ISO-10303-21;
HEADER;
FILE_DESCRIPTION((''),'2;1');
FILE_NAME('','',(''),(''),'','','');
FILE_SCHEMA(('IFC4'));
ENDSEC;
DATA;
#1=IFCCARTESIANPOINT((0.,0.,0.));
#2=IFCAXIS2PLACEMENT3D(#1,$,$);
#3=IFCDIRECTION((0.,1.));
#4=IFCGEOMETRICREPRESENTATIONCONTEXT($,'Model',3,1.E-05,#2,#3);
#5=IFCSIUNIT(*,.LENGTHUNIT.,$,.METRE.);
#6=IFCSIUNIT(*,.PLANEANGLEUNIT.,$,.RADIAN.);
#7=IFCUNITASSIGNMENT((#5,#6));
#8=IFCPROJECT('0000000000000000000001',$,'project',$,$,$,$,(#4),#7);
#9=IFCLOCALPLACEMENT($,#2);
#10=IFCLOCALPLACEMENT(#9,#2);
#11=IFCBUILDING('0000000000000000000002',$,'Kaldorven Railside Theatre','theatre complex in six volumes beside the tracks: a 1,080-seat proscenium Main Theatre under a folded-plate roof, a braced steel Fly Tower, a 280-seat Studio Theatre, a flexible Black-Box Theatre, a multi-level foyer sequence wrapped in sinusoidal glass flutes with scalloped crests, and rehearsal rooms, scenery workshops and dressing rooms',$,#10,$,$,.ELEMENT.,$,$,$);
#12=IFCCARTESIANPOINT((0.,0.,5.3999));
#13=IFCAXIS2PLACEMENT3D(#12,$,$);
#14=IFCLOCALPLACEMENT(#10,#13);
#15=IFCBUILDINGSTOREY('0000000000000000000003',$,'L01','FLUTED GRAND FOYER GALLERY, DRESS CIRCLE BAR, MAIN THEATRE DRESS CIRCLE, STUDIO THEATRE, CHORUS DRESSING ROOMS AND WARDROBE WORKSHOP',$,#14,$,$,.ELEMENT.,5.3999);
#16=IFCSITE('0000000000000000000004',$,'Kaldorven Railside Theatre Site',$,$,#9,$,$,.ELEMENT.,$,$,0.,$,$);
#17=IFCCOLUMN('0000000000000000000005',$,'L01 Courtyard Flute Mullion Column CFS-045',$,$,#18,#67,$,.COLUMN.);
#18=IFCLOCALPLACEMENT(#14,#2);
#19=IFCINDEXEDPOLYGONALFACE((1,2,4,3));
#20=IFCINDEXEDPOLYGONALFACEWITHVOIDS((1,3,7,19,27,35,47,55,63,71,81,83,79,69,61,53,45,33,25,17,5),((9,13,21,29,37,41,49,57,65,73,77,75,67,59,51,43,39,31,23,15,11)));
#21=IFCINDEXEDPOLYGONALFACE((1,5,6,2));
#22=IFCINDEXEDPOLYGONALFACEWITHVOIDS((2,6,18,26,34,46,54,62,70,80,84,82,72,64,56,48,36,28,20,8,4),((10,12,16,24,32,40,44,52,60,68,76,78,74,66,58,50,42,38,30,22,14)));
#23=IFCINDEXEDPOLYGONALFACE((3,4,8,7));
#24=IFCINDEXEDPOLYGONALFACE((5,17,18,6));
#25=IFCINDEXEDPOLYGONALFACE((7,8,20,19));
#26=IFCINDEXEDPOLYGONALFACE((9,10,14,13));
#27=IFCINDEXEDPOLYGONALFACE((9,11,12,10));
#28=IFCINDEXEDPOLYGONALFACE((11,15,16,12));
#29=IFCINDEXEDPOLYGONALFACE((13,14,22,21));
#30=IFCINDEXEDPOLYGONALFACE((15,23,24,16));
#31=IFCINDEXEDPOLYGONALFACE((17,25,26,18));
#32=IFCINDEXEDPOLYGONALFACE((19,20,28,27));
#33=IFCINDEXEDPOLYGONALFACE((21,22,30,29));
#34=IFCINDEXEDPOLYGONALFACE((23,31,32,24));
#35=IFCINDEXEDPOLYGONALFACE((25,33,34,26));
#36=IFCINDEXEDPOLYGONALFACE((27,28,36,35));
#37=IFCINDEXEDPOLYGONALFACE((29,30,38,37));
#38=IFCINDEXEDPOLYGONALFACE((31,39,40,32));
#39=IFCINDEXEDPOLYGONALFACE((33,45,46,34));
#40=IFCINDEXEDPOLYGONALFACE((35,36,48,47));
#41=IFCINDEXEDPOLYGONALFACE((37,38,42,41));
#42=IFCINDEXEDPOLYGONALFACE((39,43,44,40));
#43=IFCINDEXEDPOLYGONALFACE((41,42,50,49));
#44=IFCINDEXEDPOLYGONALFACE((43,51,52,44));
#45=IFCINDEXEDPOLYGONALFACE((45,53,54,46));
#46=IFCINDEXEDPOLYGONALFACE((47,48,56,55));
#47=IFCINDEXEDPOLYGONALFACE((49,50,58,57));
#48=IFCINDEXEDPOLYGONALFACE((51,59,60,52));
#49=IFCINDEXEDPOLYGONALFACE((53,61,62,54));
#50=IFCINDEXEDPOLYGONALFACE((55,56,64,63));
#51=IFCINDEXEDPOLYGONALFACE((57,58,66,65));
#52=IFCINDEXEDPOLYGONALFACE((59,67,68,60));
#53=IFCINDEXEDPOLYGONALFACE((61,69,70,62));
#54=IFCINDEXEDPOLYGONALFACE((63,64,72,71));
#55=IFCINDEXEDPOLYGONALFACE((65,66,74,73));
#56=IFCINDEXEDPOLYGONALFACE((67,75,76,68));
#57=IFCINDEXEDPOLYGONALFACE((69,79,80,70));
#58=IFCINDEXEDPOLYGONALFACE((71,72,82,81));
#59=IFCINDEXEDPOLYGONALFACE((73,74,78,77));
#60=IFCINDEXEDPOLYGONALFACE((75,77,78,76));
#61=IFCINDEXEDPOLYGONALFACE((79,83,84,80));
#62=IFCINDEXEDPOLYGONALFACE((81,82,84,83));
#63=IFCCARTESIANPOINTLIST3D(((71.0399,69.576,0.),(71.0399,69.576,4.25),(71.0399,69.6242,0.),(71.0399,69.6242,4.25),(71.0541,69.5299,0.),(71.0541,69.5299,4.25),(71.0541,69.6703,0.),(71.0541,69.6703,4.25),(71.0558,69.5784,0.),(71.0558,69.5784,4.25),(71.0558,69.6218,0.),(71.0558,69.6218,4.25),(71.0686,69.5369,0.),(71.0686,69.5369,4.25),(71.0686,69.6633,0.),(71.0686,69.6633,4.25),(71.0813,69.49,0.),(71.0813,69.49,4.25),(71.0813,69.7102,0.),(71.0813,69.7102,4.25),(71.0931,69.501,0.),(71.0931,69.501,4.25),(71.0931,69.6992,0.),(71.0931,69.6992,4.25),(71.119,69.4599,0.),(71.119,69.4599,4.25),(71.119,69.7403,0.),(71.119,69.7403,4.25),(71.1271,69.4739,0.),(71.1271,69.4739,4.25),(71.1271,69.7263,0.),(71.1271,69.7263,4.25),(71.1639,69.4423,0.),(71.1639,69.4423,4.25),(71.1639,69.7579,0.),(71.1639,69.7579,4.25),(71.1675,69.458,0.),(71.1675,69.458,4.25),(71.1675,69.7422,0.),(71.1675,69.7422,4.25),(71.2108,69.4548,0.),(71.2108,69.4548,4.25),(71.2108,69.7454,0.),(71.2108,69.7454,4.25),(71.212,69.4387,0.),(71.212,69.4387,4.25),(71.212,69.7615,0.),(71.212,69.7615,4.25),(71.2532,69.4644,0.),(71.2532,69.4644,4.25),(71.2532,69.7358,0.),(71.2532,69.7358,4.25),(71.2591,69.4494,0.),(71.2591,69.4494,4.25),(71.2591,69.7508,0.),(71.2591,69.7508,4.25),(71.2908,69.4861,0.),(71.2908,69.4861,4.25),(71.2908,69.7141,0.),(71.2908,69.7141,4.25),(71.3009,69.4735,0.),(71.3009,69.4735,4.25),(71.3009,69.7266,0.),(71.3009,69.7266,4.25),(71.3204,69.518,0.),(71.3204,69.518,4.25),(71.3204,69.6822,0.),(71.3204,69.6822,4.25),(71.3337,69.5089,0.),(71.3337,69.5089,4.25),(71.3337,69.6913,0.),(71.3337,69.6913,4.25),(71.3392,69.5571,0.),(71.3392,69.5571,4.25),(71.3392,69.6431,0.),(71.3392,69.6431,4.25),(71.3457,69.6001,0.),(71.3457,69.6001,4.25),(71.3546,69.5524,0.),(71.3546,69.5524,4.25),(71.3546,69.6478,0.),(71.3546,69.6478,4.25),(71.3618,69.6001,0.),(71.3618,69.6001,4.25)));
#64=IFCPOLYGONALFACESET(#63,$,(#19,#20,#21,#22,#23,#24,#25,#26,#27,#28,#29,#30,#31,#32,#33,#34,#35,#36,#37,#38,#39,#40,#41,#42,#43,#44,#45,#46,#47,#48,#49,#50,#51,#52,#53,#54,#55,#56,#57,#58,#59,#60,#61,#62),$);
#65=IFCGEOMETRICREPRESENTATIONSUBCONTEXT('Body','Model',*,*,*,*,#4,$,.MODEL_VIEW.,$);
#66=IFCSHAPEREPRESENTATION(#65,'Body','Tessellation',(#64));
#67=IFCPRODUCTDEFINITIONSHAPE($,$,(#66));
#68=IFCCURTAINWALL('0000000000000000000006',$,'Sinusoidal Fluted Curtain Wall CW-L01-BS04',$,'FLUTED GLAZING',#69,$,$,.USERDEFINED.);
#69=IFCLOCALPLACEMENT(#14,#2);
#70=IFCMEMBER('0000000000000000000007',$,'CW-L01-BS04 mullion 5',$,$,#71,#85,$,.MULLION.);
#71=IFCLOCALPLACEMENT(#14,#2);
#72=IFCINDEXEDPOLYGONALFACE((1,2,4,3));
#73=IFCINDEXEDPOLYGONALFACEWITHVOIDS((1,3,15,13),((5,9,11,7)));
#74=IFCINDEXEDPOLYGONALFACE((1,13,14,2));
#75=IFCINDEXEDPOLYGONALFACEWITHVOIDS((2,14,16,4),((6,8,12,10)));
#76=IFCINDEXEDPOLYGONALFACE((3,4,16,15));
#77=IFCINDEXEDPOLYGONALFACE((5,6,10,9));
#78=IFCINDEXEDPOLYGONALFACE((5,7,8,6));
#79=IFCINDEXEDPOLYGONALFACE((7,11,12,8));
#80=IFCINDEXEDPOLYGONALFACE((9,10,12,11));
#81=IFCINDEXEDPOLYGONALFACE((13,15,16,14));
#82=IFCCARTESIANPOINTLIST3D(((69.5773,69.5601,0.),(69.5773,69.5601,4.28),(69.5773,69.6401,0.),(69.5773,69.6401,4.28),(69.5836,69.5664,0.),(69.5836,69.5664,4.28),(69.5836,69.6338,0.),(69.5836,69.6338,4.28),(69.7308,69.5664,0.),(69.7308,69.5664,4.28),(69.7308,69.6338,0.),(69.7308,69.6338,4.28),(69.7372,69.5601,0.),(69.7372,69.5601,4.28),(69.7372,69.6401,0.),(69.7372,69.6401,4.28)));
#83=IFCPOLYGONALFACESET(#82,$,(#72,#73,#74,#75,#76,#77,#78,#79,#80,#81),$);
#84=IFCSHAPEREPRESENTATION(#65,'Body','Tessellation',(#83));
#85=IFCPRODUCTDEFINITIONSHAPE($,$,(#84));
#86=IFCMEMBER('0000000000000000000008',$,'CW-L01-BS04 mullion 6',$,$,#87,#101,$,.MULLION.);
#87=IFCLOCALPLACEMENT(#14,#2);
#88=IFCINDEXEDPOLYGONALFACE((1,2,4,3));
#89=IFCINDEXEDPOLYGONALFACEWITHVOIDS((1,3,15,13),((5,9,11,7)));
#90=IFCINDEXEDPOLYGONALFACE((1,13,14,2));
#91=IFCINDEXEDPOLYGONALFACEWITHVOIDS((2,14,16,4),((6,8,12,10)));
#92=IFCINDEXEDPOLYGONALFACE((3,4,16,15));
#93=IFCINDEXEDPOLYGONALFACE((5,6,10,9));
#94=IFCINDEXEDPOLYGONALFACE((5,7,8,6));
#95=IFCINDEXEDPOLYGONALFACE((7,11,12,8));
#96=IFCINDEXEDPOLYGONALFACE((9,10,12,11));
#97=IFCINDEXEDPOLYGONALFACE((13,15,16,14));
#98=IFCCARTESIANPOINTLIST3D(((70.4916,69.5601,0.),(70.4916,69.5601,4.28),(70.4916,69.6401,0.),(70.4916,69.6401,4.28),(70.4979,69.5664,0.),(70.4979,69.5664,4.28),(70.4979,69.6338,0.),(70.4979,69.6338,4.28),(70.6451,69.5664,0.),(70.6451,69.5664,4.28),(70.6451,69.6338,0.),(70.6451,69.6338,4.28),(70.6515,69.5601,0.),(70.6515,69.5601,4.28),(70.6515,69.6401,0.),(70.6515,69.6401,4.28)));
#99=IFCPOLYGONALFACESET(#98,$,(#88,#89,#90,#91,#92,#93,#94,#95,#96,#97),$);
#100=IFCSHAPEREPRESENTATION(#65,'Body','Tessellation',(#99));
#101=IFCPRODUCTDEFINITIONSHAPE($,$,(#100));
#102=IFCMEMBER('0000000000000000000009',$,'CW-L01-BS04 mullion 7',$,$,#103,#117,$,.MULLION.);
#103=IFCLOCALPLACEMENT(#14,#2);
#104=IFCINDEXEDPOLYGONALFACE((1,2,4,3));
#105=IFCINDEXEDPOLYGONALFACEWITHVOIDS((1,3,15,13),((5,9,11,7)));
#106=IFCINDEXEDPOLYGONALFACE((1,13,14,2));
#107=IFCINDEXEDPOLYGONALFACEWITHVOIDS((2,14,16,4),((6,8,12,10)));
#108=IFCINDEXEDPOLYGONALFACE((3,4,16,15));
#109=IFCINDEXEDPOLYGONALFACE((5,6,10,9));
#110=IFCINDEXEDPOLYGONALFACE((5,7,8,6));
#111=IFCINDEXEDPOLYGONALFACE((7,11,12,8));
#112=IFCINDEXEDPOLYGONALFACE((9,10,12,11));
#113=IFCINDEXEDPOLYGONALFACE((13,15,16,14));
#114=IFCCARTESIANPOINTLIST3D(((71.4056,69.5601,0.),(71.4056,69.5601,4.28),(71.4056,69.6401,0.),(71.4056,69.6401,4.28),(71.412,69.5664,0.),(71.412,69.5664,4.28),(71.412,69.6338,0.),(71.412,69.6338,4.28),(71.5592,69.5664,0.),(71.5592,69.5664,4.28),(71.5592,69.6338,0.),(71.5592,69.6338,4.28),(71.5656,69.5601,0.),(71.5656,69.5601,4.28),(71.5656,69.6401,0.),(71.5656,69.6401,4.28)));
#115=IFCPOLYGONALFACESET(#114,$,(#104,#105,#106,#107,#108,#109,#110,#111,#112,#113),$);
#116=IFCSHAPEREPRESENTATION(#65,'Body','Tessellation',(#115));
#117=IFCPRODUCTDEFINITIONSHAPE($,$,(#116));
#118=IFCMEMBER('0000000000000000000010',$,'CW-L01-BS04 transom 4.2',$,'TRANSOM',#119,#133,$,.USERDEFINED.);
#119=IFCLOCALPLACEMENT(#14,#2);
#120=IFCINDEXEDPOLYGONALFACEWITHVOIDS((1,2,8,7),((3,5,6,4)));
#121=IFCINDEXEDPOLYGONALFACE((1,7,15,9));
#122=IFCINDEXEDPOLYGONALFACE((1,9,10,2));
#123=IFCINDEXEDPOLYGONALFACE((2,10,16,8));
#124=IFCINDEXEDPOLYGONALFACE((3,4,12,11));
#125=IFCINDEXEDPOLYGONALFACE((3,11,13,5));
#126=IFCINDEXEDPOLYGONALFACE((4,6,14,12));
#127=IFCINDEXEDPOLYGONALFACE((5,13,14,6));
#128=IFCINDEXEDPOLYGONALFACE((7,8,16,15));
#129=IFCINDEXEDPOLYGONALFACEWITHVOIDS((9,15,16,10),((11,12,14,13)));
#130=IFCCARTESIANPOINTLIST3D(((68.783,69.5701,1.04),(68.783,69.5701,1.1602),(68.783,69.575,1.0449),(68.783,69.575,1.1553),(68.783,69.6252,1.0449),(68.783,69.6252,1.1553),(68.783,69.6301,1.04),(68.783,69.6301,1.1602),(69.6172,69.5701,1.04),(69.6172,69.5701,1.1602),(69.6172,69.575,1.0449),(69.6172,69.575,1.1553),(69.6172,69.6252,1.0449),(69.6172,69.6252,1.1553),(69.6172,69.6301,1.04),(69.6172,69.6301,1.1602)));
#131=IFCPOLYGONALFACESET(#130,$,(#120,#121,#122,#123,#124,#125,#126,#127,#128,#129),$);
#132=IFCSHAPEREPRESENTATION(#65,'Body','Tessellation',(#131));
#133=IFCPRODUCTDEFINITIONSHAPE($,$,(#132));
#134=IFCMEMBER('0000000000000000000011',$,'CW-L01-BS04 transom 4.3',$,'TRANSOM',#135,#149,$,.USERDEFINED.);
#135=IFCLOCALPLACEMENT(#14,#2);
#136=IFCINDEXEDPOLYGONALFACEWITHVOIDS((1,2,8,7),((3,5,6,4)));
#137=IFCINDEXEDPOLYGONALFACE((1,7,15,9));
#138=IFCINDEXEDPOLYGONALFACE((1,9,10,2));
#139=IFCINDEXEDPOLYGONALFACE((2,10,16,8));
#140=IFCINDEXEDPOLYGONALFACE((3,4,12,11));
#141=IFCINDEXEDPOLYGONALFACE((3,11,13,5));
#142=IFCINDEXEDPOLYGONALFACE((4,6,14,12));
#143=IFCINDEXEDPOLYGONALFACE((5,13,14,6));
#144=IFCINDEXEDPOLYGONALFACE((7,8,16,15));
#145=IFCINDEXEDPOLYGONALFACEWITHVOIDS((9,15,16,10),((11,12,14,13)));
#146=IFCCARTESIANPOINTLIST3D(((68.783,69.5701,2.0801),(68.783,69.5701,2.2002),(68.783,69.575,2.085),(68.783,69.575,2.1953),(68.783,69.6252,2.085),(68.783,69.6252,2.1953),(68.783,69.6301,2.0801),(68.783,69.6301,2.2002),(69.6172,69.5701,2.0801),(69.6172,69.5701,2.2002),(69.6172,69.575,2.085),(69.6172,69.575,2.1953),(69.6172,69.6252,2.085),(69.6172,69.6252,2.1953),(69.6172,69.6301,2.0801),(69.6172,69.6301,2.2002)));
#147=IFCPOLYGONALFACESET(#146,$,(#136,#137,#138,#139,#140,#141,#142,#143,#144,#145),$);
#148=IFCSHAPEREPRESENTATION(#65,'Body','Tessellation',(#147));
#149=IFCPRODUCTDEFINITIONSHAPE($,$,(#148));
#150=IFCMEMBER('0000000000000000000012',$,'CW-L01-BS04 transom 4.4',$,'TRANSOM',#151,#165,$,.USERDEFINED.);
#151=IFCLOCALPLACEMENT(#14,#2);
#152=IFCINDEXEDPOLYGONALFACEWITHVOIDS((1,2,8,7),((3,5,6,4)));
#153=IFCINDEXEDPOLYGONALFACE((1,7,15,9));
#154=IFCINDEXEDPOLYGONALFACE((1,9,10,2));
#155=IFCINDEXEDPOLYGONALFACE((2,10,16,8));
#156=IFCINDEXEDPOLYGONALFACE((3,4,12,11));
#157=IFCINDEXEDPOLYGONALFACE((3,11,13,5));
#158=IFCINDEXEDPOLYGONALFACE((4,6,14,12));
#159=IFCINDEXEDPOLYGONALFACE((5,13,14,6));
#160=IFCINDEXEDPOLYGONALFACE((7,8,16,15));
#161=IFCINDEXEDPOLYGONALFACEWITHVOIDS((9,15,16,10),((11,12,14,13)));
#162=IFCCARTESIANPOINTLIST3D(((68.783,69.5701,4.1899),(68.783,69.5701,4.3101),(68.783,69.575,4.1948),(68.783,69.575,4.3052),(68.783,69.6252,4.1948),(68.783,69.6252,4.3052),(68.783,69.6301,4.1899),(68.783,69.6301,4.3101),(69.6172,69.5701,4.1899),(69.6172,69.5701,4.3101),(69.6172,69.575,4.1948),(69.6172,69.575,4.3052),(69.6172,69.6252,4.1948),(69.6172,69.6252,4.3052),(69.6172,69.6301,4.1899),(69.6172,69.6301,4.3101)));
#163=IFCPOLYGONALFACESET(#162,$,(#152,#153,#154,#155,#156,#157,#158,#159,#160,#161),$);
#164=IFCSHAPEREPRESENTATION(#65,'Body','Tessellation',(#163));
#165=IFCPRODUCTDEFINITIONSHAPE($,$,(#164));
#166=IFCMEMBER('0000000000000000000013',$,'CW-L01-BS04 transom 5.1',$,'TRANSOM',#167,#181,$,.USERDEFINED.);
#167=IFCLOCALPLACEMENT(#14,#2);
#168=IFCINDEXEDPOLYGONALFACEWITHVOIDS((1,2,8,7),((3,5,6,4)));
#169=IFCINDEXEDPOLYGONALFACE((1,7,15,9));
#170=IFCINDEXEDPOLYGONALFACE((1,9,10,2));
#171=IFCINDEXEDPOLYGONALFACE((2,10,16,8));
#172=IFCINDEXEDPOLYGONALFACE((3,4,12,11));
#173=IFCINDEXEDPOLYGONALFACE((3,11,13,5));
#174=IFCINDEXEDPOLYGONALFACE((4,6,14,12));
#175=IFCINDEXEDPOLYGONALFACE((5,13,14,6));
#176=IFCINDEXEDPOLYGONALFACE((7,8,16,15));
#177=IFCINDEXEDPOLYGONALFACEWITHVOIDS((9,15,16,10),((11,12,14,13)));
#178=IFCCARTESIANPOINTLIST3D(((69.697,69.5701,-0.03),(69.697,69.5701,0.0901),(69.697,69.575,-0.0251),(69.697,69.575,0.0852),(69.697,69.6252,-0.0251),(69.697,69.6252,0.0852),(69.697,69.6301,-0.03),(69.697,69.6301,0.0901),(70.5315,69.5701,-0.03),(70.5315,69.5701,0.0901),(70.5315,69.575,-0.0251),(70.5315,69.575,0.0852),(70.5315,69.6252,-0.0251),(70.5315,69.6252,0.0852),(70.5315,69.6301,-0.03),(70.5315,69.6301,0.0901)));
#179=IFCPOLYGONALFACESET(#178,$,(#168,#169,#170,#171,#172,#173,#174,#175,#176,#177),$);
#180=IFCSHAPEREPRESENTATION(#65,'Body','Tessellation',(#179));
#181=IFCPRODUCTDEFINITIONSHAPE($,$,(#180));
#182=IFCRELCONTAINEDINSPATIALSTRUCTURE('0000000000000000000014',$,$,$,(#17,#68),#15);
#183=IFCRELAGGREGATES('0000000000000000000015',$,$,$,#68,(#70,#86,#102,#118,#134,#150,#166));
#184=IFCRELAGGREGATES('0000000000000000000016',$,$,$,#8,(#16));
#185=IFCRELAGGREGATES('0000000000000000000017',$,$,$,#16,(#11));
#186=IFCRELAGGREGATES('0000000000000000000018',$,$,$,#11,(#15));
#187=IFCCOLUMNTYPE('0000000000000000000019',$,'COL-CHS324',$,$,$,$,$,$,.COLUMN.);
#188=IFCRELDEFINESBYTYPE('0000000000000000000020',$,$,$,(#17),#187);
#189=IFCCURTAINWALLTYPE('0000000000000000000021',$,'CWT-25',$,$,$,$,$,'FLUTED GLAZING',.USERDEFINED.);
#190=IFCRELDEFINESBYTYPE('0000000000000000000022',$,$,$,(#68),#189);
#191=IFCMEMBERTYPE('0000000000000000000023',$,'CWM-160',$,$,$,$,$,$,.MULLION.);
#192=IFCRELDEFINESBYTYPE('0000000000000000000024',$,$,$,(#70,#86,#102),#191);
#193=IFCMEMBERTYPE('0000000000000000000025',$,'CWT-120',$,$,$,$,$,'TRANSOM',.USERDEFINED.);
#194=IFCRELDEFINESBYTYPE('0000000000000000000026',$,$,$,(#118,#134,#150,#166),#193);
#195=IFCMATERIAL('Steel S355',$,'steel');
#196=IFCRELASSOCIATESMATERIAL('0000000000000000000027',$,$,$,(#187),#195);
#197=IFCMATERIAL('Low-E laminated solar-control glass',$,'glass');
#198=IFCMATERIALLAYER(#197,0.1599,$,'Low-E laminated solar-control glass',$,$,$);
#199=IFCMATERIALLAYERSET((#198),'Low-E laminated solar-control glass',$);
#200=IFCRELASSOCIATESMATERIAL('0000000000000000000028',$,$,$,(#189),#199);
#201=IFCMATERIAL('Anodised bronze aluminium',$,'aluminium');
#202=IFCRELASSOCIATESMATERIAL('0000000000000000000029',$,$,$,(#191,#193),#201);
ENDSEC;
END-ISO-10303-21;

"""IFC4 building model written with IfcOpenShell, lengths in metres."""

from ifc_helpers import new_model, si_unit, direction, frame, origin, origin_2d, place, context, subcontext, project, spatial, hollow_rectangle, hollow_circle, extrude, material, layer, layer_set, material_profile, profile_set, type_object, element, aggregate, save


model = new_model("IFC4")

# Units and contexts
model_context = context("Model", 3, precision=1e-05, world=origin(), true_north=direction((0.0, 1.0)))
body_context = subcontext(model_context, "Body", "Model", "MODEL_VIEW")
ifc_project = project(units=[si_unit("LENGTHUNIT", "METRE"), si_unit("PLANEANGLEUNIT", "RADIAN")], contexts=[model_context])

# Site, building, storey
site_placement = place(None, origin())
site = spatial("IfcSite", under=ifc_project, at=site_placement, Name="Kaldorven Railside Theatre Site", CompositionType="ELEMENT", RefElevation=0.0)
building_placement = place(site_placement, origin())
building = spatial("IfcBuilding", under=site, at=building_placement, Name="Kaldorven Railside Theatre", Description="theatre complex in six volumes beside the tracks: a 1,080-seat proscenium Main Theatre under a folded-plate roof, a braced steel Fly Tower, a 280-seat Studio Theatre, a flexible Black-Box Theatre, a multi-level foyer sequence wrapped in sinusoidal glass flutes with scalloped crests, and rehearsal rooms, scenery workshops and dressing rooms", CompositionType="ELEMENT")
storey_placement = place(building_placement, frame((0.0, 0.0, 5.3999)))
storey = spatial("IfcBuildingStorey", under=building, at=storey_placement, Name="L01", Description="FLUTED GRAND FOYER GALLERY, DRESS CIRCLE BAR, MAIN THEATRE DRESS CIRCLE, STUDIO THEATRE, CHORUS DRESSING ROOMS AND WARDROBE WORKSHOP", CompositionType="ELEMENT", Elevation=5.3999)

# Column
ifc_material_1 = material(Name="Steel S355", Category="steel")
ifc_material_profile_1 = material_profile(ifc_material_1, hollow_circle(Radius=0.1619, WallThickness=0.0161, at=origin_2d()), Name="CHS 323.9x16")
ifc_profile_set_1 = profile_set([ifc_material_profile_1], Name="Steel S355")
column_type = type_object("IfcColumnType", Name="COL-CHS324", PredefinedType="COLUMN", material=ifc_profile_set_1)
column_placement = place(storey_placement, frame((71.2, 69.6001, 0.0), z_axis=(0.0, 0.0, 1.0), x_axis=(1.0, 0.0, 0.0)))
element("IfcColumn", 1, at=column_placement, inside=storey, type_object=column_type, Name="L01 Courtyard Flute Mullion Column CFS-045", PredefinedType="COLUMN", context=body_context, shape_type="SweptSolid", body=[
    extrude(hollow_circle(Radius=0.1619, WallThickness=0.0161, at=origin_2d()), origin(), (0.0, 0.0, 1.0), 4.25),
])

# Curtain wall, members
ifc_material_2 = material(Name="Low-E laminated solar-control glass", Category="glass")
ifc_layer_1 = layer(ifc_material_2, 0.1599, Name="Low-E laminated solar-control glass")
ifc_layer_set_1 = layer_set([ifc_layer_1], Name="Low-E laminated solar-control glass")
curtain_wall_type = type_object("IfcCurtainWallType", Name="CWT-25", ElementType="FLUTED GLAZING", PredefinedType="USERDEFINED", material=ifc_layer_set_1)
curtain_wall_placement = place(storey_placement, origin())
curtain_wall = element("IfcCurtainWall", 2, at=curtain_wall_placement, inside=storey, type_object=curtain_wall_type, Name="Sinusoidal Fluted Curtain Wall CW-L01-BS04", ObjectType="FLUTED GLAZING", PredefinedType="USERDEFINED")
ifc_material_3 = material(Name="Anodised bronze aluminium", Category="aluminium")
ifc_material_profile_2 = material_profile(ifc_material_3, hollow_rectangle(XDim=0.0801, YDim=0.1599, WallThickness=0.0063, at=origin_2d()), Name="RHS 160x80x6.3")
ifc_profile_set_2 = profile_set([ifc_material_profile_2], Name="Anodised bronze aluminium")
member_type_1 = type_object("IfcMemberType", Name="CWM-160", PredefinedType="MULLION", material=ifc_profile_set_2)
member_1_placement = place(storey_placement, frame((69.6572, 69.6001, 0.0), z_axis=(0.0, 0.0, 1.0), x_axis=(0.0, 1.0, 0.0)))
member_1 = element("IfcMember", 3, at=member_1_placement, type_object=member_type_1, Name="CW-L01-BS04 mullion 5", PredefinedType="MULLION", context=body_context, shape_type="SweptSolid", body=[
    extrude(hollow_rectangle(XDim=0.0801, YDim=0.1599, WallThickness=0.0063, at=origin_2d()), origin(), (0.0, 0.0, 1.0), 4.28),
])
member_2_placement = place(storey_placement, frame((70.5715, 69.6001, 0.0), z_axis=(0.0, 0.0, 1.0), x_axis=(0.0, 1.0, 0.0)))
member_2 = element("IfcMember", 4, at=member_2_placement, type_object=member_type_1, Name="CW-L01-BS04 mullion 6", PredefinedType="MULLION", context=body_context, shape_type="SweptSolid", body=[
    extrude(hollow_rectangle(XDim=0.0801, YDim=0.1599, WallThickness=0.0063, at=origin_2d()), origin(), (0.0, 0.0, 1.0), 4.28),
])
member_3_placement = place(storey_placement, frame((71.4856, 69.6001, 0.0), z_axis=(0.0, 0.0, 1.0), x_axis=(0.0, 1.0, 0.0)))
member_3 = element("IfcMember", 5, at=member_3_placement, type_object=member_type_1, Name="CW-L01-BS04 mullion 7", PredefinedType="MULLION", context=body_context, shape_type="SweptSolid", body=[
    extrude(hollow_rectangle(XDim=0.0801, YDim=0.1599, WallThickness=0.0063, at=origin_2d()), origin(), (0.0, 0.0, 1.0), 4.28),
])
ifc_material_profile_3 = material_profile(ifc_material_3, hollow_rectangle(XDim=0.0601, YDim=0.1201, WallThickness=0.0049, at=origin_2d()), Name="RHS 120x60x5")
ifc_profile_set_3 = profile_set([ifc_material_profile_3], Name="Anodised bronze aluminium")
member_type_2 = type_object("IfcMemberType", Name="CWT-120", ElementType="TRANSOM", PredefinedType="USERDEFINED", material=ifc_profile_set_3)
member_4_placement = place(storey_placement, frame((68.783, 69.6001, 1.1001), z_axis=(1.0, 0.0, 0.0), x_axis=(0.0, 1.0, 0.0)))
member_4 = element("IfcMember", 6, at=member_4_placement, type_object=member_type_2, Name="CW-L01-BS04 transom 4.2", ObjectType="TRANSOM", PredefinedType="USERDEFINED", context=body_context, shape_type="SweptSolid", body=[
    extrude(hollow_rectangle(XDim=0.0601, YDim=0.1201, WallThickness=0.0049, at=origin_2d()), origin(), (0.0, 0.0, 1.0), 0.8342),
])
member_5_placement = place(storey_placement, frame((68.783, 69.6001, 2.1401), z_axis=(1.0, 0.0, 0.0), x_axis=(0.0, 1.0, 0.0)))
member_5 = element("IfcMember", 7, at=member_5_placement, type_object=member_type_2, Name="CW-L01-BS04 transom 4.3", ObjectType="TRANSOM", PredefinedType="USERDEFINED", context=body_context, shape_type="SweptSolid", body=[
    extrude(hollow_rectangle(XDim=0.0601, YDim=0.1201, WallThickness=0.0049, at=origin_2d()), origin(), (0.0, 0.0, 1.0), 0.8342),
])
member_6_placement = place(storey_placement, frame((68.783, 69.6001, 4.25), z_axis=(1.0, 0.0, 0.0), x_axis=(0.0, 1.0, 0.0)))
member_6 = element("IfcMember", 8, at=member_6_placement, type_object=member_type_2, Name="CW-L01-BS04 transom 4.4", ObjectType="TRANSOM", PredefinedType="USERDEFINED", context=body_context, shape_type="SweptSolid", body=[
    extrude(hollow_rectangle(XDim=0.0601, YDim=0.1201, WallThickness=0.0049, at=origin_2d()), origin(), (0.0, 0.0, 1.0), 0.8342),
])
member_7_placement = place(storey_placement, frame((69.697, 69.6001, 0.03), z_axis=(1.0, 0.0, 0.0), x_axis=(0.0, 1.0, 0.0)))
member_7 = element("IfcMember", 9, at=member_7_placement, type_object=member_type_2, Name="CW-L01-BS04 transom 5.1", ObjectType="TRANSOM", PredefinedType="USERDEFINED", context=body_context, shape_type="SweptSolid", body=[
    extrude(hollow_rectangle(XDim=0.0601, YDim=0.1201, WallThickness=0.0049, at=origin_2d()), origin(), (0.0, 0.0, 1.0), 0.8345),
])
aggregate(curtain_wall, [member_1, member_2, member_3, member_4, member_5, member_6, member_7])

save(model, "model.ifc")
